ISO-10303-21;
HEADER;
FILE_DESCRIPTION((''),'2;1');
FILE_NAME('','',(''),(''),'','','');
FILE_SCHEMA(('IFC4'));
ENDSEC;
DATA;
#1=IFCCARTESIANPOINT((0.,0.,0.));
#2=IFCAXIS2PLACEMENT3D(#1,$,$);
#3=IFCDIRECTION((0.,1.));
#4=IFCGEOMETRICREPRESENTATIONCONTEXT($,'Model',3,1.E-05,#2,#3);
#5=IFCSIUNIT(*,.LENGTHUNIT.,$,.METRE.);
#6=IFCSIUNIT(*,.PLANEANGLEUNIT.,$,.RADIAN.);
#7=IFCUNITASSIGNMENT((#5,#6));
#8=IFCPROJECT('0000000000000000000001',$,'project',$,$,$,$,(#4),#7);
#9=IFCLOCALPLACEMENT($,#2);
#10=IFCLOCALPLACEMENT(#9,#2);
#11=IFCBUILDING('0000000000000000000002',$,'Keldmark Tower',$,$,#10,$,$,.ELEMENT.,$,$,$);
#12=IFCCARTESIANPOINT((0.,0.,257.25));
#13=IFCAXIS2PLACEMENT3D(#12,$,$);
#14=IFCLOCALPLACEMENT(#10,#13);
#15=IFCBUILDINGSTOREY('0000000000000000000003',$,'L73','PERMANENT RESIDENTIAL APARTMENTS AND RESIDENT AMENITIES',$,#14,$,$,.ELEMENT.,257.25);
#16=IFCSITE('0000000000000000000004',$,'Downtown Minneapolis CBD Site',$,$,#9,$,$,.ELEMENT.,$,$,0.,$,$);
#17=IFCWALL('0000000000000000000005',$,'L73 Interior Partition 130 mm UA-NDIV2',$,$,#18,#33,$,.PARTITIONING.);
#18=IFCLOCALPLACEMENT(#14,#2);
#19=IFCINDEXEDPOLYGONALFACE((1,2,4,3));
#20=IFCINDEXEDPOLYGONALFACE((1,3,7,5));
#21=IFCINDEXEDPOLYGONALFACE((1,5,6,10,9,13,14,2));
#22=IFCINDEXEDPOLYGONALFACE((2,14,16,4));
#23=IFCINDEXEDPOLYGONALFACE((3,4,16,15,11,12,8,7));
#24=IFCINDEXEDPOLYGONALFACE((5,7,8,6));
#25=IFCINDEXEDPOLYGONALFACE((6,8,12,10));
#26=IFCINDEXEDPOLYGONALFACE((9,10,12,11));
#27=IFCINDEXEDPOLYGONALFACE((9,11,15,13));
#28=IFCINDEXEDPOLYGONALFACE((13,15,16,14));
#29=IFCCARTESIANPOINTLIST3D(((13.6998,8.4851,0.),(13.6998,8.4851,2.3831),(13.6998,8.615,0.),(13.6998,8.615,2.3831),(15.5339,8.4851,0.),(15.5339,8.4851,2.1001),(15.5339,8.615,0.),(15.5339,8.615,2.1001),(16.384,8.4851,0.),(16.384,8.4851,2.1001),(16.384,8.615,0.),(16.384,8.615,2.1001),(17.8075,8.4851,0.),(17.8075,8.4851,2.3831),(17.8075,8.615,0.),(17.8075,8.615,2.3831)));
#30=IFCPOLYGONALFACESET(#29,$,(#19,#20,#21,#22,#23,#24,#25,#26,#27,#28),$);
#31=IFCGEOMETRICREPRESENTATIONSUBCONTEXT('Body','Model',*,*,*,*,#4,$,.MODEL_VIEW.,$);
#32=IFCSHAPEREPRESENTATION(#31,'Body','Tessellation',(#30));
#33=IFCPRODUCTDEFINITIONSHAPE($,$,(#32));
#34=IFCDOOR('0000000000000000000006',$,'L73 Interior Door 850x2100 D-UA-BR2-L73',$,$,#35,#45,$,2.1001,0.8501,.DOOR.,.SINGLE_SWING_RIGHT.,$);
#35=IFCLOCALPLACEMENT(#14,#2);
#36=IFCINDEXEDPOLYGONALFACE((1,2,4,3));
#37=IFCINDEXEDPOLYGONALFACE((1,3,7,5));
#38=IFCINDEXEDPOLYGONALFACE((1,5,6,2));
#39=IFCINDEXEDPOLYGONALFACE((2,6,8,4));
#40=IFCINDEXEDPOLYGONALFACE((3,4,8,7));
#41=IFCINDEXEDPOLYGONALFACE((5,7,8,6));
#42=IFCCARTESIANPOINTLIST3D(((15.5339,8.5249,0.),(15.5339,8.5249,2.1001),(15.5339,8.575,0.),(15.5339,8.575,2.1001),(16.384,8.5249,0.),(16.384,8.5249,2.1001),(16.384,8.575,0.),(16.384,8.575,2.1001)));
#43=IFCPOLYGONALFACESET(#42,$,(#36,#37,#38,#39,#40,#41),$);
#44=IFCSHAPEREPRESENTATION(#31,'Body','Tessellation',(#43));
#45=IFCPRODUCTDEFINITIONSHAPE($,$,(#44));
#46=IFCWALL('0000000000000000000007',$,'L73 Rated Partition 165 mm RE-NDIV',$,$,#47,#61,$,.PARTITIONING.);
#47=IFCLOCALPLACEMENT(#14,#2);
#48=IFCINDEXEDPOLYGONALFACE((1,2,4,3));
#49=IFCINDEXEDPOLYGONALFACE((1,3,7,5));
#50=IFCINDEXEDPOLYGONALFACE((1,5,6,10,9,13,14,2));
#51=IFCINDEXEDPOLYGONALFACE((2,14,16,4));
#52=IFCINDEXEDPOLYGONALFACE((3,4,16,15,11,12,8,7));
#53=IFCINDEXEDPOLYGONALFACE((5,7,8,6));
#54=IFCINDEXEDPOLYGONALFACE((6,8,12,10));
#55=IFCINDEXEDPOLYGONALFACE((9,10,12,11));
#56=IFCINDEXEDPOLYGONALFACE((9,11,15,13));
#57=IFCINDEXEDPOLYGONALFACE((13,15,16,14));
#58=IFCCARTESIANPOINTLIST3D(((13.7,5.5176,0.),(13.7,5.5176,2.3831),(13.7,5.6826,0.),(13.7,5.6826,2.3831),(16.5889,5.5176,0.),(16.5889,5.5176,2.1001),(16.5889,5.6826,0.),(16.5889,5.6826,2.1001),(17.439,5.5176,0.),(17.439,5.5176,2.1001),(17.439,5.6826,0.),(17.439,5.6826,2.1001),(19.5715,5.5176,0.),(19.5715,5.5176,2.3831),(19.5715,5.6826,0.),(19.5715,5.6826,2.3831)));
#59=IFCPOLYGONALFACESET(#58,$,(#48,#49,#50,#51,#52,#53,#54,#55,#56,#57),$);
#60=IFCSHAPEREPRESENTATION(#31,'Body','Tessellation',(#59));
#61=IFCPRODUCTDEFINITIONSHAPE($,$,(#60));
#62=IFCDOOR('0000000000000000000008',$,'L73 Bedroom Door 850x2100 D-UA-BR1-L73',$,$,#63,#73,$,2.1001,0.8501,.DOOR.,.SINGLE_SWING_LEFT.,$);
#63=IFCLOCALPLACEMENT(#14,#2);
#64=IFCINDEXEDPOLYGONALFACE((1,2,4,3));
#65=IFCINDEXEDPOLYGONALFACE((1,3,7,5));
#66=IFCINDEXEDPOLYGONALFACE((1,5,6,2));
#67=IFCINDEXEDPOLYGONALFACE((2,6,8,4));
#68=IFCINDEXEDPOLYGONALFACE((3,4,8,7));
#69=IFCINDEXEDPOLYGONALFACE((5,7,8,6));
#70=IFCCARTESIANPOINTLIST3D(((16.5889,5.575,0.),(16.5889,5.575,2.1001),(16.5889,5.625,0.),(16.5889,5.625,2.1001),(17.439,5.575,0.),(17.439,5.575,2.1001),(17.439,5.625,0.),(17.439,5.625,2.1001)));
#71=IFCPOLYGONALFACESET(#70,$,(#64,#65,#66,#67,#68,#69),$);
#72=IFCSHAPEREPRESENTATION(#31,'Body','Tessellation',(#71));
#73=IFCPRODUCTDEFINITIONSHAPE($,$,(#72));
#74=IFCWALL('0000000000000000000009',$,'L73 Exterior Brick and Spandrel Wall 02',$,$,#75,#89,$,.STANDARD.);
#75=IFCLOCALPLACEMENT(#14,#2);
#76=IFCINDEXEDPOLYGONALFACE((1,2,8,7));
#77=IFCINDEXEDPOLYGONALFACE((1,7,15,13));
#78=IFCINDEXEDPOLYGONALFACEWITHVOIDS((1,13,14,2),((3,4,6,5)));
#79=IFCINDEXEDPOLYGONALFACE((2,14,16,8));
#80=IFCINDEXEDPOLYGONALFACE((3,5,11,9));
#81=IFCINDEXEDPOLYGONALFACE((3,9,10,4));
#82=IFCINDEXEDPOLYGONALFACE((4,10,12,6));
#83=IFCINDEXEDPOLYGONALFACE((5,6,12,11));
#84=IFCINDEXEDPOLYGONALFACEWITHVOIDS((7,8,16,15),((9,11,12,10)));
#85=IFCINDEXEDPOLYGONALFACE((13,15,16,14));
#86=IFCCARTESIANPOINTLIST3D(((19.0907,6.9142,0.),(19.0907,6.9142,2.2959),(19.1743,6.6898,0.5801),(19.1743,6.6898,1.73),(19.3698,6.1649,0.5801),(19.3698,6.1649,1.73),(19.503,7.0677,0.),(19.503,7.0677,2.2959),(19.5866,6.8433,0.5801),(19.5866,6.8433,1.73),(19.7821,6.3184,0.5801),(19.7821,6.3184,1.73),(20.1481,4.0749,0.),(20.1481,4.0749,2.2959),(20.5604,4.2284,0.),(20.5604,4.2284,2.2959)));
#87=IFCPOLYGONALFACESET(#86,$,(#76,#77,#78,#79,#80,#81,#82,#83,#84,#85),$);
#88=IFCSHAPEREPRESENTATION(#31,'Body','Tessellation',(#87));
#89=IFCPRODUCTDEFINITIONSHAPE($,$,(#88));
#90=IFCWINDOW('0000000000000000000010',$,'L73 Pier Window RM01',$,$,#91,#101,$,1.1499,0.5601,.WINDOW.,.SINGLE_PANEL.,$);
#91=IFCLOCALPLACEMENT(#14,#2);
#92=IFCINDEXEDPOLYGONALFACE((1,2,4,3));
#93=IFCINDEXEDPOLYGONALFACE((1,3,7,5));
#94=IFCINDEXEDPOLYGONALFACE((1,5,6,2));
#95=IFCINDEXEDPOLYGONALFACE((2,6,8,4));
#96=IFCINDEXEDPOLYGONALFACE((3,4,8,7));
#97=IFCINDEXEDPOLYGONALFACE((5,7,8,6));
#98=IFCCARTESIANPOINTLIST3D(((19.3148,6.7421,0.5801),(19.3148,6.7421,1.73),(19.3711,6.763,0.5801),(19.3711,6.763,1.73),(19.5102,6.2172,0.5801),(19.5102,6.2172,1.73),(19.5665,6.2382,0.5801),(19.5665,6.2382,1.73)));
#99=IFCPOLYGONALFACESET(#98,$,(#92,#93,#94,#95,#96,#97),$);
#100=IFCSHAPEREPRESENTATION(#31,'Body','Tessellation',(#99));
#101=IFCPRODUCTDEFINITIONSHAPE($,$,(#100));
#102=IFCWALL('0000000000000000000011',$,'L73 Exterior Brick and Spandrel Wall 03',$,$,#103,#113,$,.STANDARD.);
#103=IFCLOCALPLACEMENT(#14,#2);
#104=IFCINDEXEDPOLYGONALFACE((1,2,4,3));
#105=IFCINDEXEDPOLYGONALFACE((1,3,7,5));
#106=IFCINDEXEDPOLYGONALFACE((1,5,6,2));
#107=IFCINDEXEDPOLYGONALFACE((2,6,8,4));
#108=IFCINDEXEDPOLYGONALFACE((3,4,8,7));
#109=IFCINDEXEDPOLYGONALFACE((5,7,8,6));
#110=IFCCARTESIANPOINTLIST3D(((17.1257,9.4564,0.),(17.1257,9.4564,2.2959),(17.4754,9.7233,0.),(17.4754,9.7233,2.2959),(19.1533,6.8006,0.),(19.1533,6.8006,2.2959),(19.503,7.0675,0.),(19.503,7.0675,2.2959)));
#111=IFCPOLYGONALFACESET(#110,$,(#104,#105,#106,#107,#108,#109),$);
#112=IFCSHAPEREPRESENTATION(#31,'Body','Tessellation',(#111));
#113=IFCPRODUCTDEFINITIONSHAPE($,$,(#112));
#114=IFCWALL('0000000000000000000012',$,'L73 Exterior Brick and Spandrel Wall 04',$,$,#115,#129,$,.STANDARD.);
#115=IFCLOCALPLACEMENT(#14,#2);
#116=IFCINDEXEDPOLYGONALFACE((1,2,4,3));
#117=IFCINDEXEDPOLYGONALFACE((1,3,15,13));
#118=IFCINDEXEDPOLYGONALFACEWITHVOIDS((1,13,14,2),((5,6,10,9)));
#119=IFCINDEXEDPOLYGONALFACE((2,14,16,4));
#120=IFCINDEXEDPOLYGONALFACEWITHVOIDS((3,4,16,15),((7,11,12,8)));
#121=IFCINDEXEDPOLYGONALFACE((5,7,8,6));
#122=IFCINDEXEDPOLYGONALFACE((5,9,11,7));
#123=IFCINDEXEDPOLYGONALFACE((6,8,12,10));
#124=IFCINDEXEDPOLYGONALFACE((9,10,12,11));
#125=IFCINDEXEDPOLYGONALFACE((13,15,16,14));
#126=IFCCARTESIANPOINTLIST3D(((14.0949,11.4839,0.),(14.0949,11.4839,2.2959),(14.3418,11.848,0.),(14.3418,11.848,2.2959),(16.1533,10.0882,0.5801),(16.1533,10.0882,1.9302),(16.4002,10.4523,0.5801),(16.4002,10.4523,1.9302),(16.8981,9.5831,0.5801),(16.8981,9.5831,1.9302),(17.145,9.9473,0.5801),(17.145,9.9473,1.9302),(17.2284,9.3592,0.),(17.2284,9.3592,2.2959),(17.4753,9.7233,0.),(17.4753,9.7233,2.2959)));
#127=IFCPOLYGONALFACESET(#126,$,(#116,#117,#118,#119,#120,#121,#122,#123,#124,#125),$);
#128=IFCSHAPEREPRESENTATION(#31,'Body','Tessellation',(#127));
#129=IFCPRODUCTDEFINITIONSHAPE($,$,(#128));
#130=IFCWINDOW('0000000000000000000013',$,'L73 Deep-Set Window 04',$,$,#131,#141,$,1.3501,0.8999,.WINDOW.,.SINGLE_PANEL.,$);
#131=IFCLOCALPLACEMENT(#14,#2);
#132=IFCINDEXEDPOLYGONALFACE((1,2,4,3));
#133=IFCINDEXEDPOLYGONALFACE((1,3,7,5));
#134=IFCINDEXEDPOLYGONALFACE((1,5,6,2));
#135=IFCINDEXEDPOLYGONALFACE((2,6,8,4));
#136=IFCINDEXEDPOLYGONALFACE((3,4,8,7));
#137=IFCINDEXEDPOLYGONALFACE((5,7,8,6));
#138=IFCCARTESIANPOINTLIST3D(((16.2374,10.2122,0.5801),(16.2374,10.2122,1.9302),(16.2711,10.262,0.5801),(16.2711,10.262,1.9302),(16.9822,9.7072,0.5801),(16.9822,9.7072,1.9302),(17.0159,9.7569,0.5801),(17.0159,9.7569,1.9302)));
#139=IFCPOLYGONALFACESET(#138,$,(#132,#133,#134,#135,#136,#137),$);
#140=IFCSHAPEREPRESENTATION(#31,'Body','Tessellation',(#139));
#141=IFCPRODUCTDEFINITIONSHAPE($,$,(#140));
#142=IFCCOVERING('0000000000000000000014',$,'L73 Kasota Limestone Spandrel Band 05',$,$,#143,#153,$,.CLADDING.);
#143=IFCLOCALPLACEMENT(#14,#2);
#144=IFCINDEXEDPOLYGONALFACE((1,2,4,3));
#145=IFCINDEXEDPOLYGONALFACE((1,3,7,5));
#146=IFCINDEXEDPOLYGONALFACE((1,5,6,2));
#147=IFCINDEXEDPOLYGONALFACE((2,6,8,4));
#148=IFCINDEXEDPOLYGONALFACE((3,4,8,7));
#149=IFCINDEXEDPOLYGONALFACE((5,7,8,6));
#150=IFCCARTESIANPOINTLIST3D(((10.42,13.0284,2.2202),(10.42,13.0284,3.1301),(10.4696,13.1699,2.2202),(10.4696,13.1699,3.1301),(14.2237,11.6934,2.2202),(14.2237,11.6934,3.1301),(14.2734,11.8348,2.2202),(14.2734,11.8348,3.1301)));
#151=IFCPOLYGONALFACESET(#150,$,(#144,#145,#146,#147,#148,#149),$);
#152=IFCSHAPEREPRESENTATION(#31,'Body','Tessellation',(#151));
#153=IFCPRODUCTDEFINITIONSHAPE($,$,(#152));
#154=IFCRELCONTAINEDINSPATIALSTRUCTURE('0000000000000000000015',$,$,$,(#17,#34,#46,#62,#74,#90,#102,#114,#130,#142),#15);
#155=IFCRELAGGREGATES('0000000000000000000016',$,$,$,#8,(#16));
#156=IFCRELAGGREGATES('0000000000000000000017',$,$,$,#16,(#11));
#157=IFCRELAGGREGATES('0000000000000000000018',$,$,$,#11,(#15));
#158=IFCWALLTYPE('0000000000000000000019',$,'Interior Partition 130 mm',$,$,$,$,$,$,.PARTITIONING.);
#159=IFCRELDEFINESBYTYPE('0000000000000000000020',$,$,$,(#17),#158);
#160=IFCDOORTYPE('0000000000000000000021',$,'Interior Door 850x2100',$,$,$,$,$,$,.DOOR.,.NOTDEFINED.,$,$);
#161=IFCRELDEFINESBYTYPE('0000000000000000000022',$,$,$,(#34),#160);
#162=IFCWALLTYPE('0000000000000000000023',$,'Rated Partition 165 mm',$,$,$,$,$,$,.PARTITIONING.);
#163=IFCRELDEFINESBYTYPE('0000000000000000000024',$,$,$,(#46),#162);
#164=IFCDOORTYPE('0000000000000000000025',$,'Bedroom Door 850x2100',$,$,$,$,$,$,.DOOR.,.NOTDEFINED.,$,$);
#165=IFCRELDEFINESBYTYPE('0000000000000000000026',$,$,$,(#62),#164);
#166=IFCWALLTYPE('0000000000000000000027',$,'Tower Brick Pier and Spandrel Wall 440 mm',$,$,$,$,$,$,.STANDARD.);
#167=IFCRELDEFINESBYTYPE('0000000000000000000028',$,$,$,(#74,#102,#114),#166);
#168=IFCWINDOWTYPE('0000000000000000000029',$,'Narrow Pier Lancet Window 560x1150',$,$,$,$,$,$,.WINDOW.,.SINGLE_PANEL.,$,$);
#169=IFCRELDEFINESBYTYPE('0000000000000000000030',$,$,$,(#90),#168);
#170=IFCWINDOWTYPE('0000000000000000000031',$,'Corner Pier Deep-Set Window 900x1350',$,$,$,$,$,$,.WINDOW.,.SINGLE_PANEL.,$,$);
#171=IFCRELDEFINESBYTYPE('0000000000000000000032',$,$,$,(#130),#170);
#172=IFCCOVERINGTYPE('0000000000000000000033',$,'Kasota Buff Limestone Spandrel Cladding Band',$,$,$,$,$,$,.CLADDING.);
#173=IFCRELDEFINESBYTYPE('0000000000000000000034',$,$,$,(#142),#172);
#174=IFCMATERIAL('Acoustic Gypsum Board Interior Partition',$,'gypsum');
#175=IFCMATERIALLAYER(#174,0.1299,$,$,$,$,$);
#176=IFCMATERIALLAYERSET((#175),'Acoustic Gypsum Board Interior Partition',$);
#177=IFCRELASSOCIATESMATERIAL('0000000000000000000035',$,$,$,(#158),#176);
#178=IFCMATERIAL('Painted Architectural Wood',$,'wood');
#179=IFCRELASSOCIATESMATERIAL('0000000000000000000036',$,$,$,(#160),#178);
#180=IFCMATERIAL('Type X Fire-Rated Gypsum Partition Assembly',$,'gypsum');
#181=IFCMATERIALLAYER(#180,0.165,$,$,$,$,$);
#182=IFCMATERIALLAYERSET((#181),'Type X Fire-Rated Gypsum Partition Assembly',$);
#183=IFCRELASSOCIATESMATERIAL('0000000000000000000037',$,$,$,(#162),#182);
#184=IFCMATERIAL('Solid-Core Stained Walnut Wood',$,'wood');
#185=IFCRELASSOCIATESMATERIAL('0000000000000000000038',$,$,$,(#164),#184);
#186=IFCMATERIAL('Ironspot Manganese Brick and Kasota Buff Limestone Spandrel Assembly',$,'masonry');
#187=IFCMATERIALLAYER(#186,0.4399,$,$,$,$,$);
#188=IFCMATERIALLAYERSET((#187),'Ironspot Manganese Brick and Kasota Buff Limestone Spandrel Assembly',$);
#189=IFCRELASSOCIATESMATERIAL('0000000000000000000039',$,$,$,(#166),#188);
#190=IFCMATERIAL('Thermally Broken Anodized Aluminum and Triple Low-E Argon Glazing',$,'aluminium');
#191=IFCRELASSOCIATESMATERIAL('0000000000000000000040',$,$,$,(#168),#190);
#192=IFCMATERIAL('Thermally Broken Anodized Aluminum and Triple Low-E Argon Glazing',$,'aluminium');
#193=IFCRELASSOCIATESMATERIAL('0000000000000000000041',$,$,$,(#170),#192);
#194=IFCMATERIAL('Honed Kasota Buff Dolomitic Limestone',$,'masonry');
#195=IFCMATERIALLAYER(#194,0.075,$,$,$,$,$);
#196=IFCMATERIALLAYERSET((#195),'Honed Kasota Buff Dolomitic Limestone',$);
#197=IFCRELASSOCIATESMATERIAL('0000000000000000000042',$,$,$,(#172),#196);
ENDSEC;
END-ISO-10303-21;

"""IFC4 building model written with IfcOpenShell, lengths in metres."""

from ifc_helpers import new_model, si_unit, direction, frame, frame_2d, origin, origin_2d, place, context, subcontext, project, spatial, rectangle, extrude, material, layer, layer_set, type_object, element, fill, save


model = new_model("IFC4")

# Units and contexts
model_context = context("Model", 3, precision=1e-05, world=origin(), true_north=direction((0.0, 1.0)))
body_context = subcontext(model_context, "Body", "Model", "MODEL_VIEW")
ifc_project = project(units=[si_unit("LENGTHUNIT", "METRE"), si_unit("PLANEANGLEUNIT", "RADIAN")], contexts=[model_context])

# Site, building, storey
site_placement = place(None, origin())
site = spatial("IfcSite", under=ifc_project, at=site_placement, Name="Downtown Minneapolis CBD Site", CompositionType="ELEMENT", RefElevation=0.0)
building_placement = place(site_placement, origin())
building = spatial("IfcBuilding", under=site, at=building_placement, Name="Keldmark Tower", CompositionType="ELEMENT")
storey_placement = place(building_placement, frame((0.0, 0.0, 257.25)))
storey = spatial("IfcBuildingStorey", under=building, at=storey_placement, Name="L73", Description="PERMANENT RESIDENTIAL APARTMENTS AND RESIDENT AMENITIES", CompositionType="ELEMENT", Elevation=257.25)

# Walls, openings, doors
ifc_material_1 = material(Name="Acoustic Gypsum Board Interior Partition", Category="gypsum")
ifc_layer_1 = layer(ifc_material_1, 0.1299)
ifc_layer_set_1 = layer_set([ifc_layer_1], Name="Acoustic Gypsum Board Interior Partition")
wall_type_1 = type_object("IfcWallType", Name="Interior Partition 130 mm", PredefinedType="PARTITIONING", material=ifc_layer_set_1)
wall_1_placement = place(storey_placement, frame((13.7, 8.55, 0.0), z_axis=(0.0, 0.0, 1.0), x_axis=(1.0, 0.0, 0.0)))
wall_1 = element("IfcWall", 1, at=wall_1_placement, inside=storey, type_object=wall_type_1, Name="L73 Interior Partition 130 mm UA-NDIV2", PredefinedType="PARTITIONING", context=body_context, shape_type="SweptSolid", body=[
    extrude(rectangle(XDim=4.1077, YDim=0.1299, at=frame_2d((2.0537, 0.0))), origin(), (0.0, 0.0, 1.0), 2.3831),
])
opening_1_placement = place(wall_1_placement, frame((1.834, 0.0, 0.0)))
opening_1 = element("IfcOpeningElement", 2, at=opening_1_placement, cuts=wall_1, PredefinedType="OPENING", context=body_context, shape_type="SweptSolid", body=[
    extrude(rectangle(XDim=0.8501, YDim=2.1001, at=frame_2d((0.425, 1.05))), frame((0.0, 0.075, 0.0), z_axis=(0.0, -1.0, 0.0), x_axis=(1.0, 0.0, 0.0)), (0.0, 0.0, 1.0), 0.1499),
])
ifc_material_2 = material(Name="Painted Architectural Wood", Category="wood")
door_type_1 = type_object("IfcDoorType", Name="Interior Door 850x2100", OperationType="NOTDEFINED", PredefinedType="DOOR", material=ifc_material_2)
door_1_placement = place(opening_1_placement, origin())
door_1 = element("IfcDoor", 3, at=door_1_placement, inside=storey, type_object=door_type_1, Name="L73 Interior Door 850x2100 D-UA-BR2-L73", OperationType="SINGLE_SWING_RIGHT", OverallHeight=2.1001, OverallWidth=0.8501, PredefinedType="DOOR", context=body_context, shape_type="SweptSolid", body=[
    extrude(rectangle(XDim=0.8501, YDim=2.1001, at=frame_2d((0.425, 1.05))), frame((0.0, 0.0249, 0.0), z_axis=(0.0, -1.0, 0.0), x_axis=(1.0, 0.0, 0.0)), (0.0, 0.0, 1.0), 0.05),
])
fill(opening_1, door_1)
ifc_material_3 = material(Name="Type X Fire-Rated Gypsum Partition Assembly", Category="gypsum")
ifc_layer_2 = layer(ifc_material_3, 0.165)
ifc_layer_set_2 = layer_set([ifc_layer_2], Name="Type X Fire-Rated Gypsum Partition Assembly")
wall_type_2 = type_object("IfcWallType", Name="Rated Partition 165 mm", PredefinedType="PARTITIONING", material=ifc_layer_set_2)
wall_2_placement = place(storey_placement, frame((13.7, 5.6001, 0.0), z_axis=(0.0, 0.0, 1.0), x_axis=(1.0, 0.0, 0.0)))
wall_2 = element("IfcWall", 4, at=wall_2_placement, inside=storey, type_object=wall_type_2, Name="L73 Rated Partition 165 mm RE-NDIV", PredefinedType="PARTITIONING", context=body_context, shape_type="SweptSolid", body=[
    extrude(rectangle(XDim=5.8716, YDim=0.165, at=frame_2d((2.9358, 0.0))), origin(), (0.0, 0.0, 1.0), 2.3831),
])
opening_2_placement = place(wall_2_placement, frame((2.8889, 0.0, 0.0)))
opening_2 = element("IfcOpeningElement", 5, at=opening_2_placement, cuts=wall_2, PredefinedType="OPENING", context=body_context, shape_type="SweptSolid", body=[
    extrude(rectangle(XDim=0.8501, YDim=2.1001, at=frame_2d((0.425, 1.05))), frame((0.0, 0.0925, 0.0), z_axis=(0.0, -1.0, 0.0), x_axis=(1.0, 0.0, 0.0)), (0.0, 0.0, 1.0), 0.1851),
])
ifc_material_4 = material(Name="Solid-Core Stained Walnut Wood", Category="wood")
door_type_2 = type_object("IfcDoorType", Name="Bedroom Door 850x2100", OperationType="NOTDEFINED", PredefinedType="DOOR", material=ifc_material_4)
door_2_placement = place(opening_2_placement, origin())
door_2 = element("IfcDoor", 6, at=door_2_placement, inside=storey, type_object=door_type_2, Name="L73 Bedroom Door 850x2100 D-UA-BR1-L73", OperationType="SINGLE_SWING_LEFT", OverallHeight=2.1001, OverallWidth=0.8501, PredefinedType="DOOR", context=body_context, shape_type="SweptSolid", body=[
    extrude(rectangle(XDim=0.8501, YDim=2.1001, at=frame_2d((0.425, 1.05))), frame((0.0, 0.0249, 0.0), z_axis=(0.0, -1.0, 0.0), x_axis=(1.0, 0.0, 0.0)), (0.0, 0.0, 1.0), 0.05),
])
fill(opening_2, door_2)

# Wall, opening, window
ifc_material_5 = material(Name="Ironspot Manganese Brick and Kasota Buff Limestone Spandrel Assembly", Category="masonry")
ifc_layer_3 = layer(ifc_material_5, 0.4399)
ifc_layer_set_3 = layer_set([ifc_layer_3], Name="Ironspot Manganese Brick and Kasota Buff Limestone Spandrel Assembly")
wall_type_3 = type_object("IfcWallType", Name="Tower Brick Pier and Spandrel Wall 440 mm", PredefinedType="STANDARD", material=ifc_layer_set_3)
wall_3_placement = place(storey_placement, frame((19.2969, 6.991, 0.0), z_axis=(0.0, 0.0, 1.0), x_axis=(0.348986, -0.937128, 0.0)))
wall_3 = element("IfcWall", 7, at=wall_3_placement, inside=storey, type_object=wall_type_3, Name="L73 Exterior Brick and Spandrel Wall 02", PredefinedType="STANDARD", context=body_context, shape_type="SweptSolid", body=[
    extrude(rectangle(XDim=3.0298, YDim=0.4399, at=frame_2d((1.5149, 0.0))), origin(), (0.0, 0.0, 1.0), 2.2959),
])
opening_3_placement = place(wall_3_placement, frame((0.2395, 0.0, 0.5801)))
opening_3 = element("IfcOpeningElement", 8, at=opening_3_placement, cuts=wall_3, PredefinedType="OPENING", context=body_context, shape_type="SweptSolid", body=[
    extrude(rectangle(XDim=0.5601, YDim=1.1499, at=frame_2d((0.28, 0.575))), frame((0.0, 0.23, 0.0), z_axis=(0.0, -1.0, 0.0), x_axis=(1.0, 0.0, 0.0)), (0.0, 0.0, 1.0), 0.46),
])
ifc_material_6 = material(Name="Thermally Broken Anodized Aluminum and Triple Low-E Argon Glazing", Category="aluminium")
window_type_1 = type_object("IfcWindowType", Name="Narrow Pier Lancet Window 560x1150", PartitioningType="SINGLE_PANEL", PredefinedType="WINDOW", material=ifc_material_6)
window_1_placement = place(opening_3_placement, origin())
window_1 = element("IfcWindow", 9, at=window_1_placement, inside=storey, type_object=window_type_1, Name="L73 Pier Window RM01", OverallHeight=1.1499, OverallWidth=0.5601, PartitioningType="SINGLE_PANEL", PredefinedType="WINDOW", context=body_context, shape_type="SweptSolid", body=[
    extrude(rectangle(XDim=0.5601, YDim=1.1499, at=frame_2d((0.28, 0.575))), frame((0.0, -0.01, 0.0), z_axis=(0.0, -1.0, 0.0), x_axis=(1.0, 0.0, 0.0)), (0.0, 0.0, 1.0), 0.0601),
])
fill(opening_3, window_1)

# Wall
wall_4_placement = place(storey_placement, frame((17.3005, 9.5898, 0.0), z_axis=(0.0, 0.0, 1.0), x_axis=(0.606829, -0.794833, 0.0)))
element("IfcWall", 10, at=wall_4_placement, inside=storey, type_object=wall_type_3, Name="L73 Exterior Brick and Spandrel Wall 03", PredefinedType="STANDARD", context=body_context, shape_type="SweptSolid", body=[
    extrude(rectangle(XDim=3.3413, YDim=0.4399, at=frame_2d((1.6707, 0.0))), origin(), (0.0, 0.0, 1.0), 2.2959),
])

# Wall, opening, window
wall_5_placement = place(storey_placement, frame((14.2183, 11.666, 0.0), z_axis=(0.0, 0.0, 1.0), x_axis=(0.827669, -0.561216, 0.0)))
wall_5 = element("IfcWall", 11, at=wall_5_placement, inside=storey, type_object=wall_type_3, Name="L73 Exterior Brick and Spandrel Wall 04", PredefinedType="STANDARD", context=body_context, shape_type="SweptSolid", body=[
    extrude(rectangle(XDim=3.7859, YDim=0.4399, at=frame_2d((1.8931, 0.0))), origin(), (0.0, 0.0, 1.0), 2.2959),
])
opening_4_placement = place(wall_5_placement, frame((2.4871, 0.0, 0.5801)))
opening_4 = element("IfcOpeningElement", 12, at=opening_4_placement, cuts=wall_5, PredefinedType="OPENING", context=body_context, shape_type="SweptSolid", body=[
    extrude(rectangle(XDim=0.8999, YDim=1.3501, at=frame_2d((0.45, 0.675))), frame((0.0, 0.23, 0.0), z_axis=(0.0, -1.0, 0.0), x_axis=(1.0, 0.0, 0.0)), (0.0, 0.0, 1.0), 0.46),
])
ifc_material_7 = material(Name="Thermally Broken Anodized Aluminum and Triple Low-E Argon Glazing", Category="aluminium")
window_type_2 = type_object("IfcWindowType", Name="Corner Pier Deep-Set Window 900x1350", PartitioningType="SINGLE_PANEL", PredefinedType="WINDOW", material=ifc_material_7)
window_2_placement = place(opening_4_placement, origin())
window_2 = element("IfcWindow", 13, at=window_2_placement, inside=storey, type_object=window_type_2, Name="L73 Deep-Set Window 04", OverallHeight=1.3501, OverallWidth=0.8999, PartitioningType="SINGLE_PANEL", PredefinedType="WINDOW", context=body_context, shape_type="SweptSolid", body=[
    extrude(rectangle(XDim=0.8999, YDim=1.3501, at=frame_2d((0.45, 0.675))), frame((0.0, -0.01, 0.0), z_axis=(0.0, -1.0, 0.0), x_axis=(1.0, 0.0, 0.0)), (0.0, 0.0, 1.0), 0.0601),
])
fill(opening_4, window_2)

# Covering
ifc_material_8 = material(Name="Honed Kasota Buff Dolomitic Limestone", Category="masonry")
ifc_layer_4 = layer(ifc_material_8, 0.075)
ifc_layer_set_4 = layer_set([ifc_layer_4], Name="Honed Kasota Buff Dolomitic Limestone")
covering_type = type_object("IfcCoveringType", Name="Kasota Buff Limestone Spandrel Cladding Band", PredefinedType="CLADDING", material=ifc_layer_set_4)
covering_placement = place(storey_placement, frame((12.3467, 12.4316, 2.2202), z_axis=(0.0, 0.0, 1.0), x_axis=(-0.94357, 0.331173, 0.0)))
element("IfcCovering", 14, at=covering_placement, inside=storey, type_object=covering_type, Name="L73 Kasota Limestone Spandrel Band 05", PredefinedType="CLADDING", context=body_context, shape_type="SweptSolid", body=[
    extrude(rectangle(XDim=4.0312, YDim=0.1499, at=origin_2d()), origin(), (0.0, 0.0, 1.0), 0.9099),
])

save(model, "model.ifc")
